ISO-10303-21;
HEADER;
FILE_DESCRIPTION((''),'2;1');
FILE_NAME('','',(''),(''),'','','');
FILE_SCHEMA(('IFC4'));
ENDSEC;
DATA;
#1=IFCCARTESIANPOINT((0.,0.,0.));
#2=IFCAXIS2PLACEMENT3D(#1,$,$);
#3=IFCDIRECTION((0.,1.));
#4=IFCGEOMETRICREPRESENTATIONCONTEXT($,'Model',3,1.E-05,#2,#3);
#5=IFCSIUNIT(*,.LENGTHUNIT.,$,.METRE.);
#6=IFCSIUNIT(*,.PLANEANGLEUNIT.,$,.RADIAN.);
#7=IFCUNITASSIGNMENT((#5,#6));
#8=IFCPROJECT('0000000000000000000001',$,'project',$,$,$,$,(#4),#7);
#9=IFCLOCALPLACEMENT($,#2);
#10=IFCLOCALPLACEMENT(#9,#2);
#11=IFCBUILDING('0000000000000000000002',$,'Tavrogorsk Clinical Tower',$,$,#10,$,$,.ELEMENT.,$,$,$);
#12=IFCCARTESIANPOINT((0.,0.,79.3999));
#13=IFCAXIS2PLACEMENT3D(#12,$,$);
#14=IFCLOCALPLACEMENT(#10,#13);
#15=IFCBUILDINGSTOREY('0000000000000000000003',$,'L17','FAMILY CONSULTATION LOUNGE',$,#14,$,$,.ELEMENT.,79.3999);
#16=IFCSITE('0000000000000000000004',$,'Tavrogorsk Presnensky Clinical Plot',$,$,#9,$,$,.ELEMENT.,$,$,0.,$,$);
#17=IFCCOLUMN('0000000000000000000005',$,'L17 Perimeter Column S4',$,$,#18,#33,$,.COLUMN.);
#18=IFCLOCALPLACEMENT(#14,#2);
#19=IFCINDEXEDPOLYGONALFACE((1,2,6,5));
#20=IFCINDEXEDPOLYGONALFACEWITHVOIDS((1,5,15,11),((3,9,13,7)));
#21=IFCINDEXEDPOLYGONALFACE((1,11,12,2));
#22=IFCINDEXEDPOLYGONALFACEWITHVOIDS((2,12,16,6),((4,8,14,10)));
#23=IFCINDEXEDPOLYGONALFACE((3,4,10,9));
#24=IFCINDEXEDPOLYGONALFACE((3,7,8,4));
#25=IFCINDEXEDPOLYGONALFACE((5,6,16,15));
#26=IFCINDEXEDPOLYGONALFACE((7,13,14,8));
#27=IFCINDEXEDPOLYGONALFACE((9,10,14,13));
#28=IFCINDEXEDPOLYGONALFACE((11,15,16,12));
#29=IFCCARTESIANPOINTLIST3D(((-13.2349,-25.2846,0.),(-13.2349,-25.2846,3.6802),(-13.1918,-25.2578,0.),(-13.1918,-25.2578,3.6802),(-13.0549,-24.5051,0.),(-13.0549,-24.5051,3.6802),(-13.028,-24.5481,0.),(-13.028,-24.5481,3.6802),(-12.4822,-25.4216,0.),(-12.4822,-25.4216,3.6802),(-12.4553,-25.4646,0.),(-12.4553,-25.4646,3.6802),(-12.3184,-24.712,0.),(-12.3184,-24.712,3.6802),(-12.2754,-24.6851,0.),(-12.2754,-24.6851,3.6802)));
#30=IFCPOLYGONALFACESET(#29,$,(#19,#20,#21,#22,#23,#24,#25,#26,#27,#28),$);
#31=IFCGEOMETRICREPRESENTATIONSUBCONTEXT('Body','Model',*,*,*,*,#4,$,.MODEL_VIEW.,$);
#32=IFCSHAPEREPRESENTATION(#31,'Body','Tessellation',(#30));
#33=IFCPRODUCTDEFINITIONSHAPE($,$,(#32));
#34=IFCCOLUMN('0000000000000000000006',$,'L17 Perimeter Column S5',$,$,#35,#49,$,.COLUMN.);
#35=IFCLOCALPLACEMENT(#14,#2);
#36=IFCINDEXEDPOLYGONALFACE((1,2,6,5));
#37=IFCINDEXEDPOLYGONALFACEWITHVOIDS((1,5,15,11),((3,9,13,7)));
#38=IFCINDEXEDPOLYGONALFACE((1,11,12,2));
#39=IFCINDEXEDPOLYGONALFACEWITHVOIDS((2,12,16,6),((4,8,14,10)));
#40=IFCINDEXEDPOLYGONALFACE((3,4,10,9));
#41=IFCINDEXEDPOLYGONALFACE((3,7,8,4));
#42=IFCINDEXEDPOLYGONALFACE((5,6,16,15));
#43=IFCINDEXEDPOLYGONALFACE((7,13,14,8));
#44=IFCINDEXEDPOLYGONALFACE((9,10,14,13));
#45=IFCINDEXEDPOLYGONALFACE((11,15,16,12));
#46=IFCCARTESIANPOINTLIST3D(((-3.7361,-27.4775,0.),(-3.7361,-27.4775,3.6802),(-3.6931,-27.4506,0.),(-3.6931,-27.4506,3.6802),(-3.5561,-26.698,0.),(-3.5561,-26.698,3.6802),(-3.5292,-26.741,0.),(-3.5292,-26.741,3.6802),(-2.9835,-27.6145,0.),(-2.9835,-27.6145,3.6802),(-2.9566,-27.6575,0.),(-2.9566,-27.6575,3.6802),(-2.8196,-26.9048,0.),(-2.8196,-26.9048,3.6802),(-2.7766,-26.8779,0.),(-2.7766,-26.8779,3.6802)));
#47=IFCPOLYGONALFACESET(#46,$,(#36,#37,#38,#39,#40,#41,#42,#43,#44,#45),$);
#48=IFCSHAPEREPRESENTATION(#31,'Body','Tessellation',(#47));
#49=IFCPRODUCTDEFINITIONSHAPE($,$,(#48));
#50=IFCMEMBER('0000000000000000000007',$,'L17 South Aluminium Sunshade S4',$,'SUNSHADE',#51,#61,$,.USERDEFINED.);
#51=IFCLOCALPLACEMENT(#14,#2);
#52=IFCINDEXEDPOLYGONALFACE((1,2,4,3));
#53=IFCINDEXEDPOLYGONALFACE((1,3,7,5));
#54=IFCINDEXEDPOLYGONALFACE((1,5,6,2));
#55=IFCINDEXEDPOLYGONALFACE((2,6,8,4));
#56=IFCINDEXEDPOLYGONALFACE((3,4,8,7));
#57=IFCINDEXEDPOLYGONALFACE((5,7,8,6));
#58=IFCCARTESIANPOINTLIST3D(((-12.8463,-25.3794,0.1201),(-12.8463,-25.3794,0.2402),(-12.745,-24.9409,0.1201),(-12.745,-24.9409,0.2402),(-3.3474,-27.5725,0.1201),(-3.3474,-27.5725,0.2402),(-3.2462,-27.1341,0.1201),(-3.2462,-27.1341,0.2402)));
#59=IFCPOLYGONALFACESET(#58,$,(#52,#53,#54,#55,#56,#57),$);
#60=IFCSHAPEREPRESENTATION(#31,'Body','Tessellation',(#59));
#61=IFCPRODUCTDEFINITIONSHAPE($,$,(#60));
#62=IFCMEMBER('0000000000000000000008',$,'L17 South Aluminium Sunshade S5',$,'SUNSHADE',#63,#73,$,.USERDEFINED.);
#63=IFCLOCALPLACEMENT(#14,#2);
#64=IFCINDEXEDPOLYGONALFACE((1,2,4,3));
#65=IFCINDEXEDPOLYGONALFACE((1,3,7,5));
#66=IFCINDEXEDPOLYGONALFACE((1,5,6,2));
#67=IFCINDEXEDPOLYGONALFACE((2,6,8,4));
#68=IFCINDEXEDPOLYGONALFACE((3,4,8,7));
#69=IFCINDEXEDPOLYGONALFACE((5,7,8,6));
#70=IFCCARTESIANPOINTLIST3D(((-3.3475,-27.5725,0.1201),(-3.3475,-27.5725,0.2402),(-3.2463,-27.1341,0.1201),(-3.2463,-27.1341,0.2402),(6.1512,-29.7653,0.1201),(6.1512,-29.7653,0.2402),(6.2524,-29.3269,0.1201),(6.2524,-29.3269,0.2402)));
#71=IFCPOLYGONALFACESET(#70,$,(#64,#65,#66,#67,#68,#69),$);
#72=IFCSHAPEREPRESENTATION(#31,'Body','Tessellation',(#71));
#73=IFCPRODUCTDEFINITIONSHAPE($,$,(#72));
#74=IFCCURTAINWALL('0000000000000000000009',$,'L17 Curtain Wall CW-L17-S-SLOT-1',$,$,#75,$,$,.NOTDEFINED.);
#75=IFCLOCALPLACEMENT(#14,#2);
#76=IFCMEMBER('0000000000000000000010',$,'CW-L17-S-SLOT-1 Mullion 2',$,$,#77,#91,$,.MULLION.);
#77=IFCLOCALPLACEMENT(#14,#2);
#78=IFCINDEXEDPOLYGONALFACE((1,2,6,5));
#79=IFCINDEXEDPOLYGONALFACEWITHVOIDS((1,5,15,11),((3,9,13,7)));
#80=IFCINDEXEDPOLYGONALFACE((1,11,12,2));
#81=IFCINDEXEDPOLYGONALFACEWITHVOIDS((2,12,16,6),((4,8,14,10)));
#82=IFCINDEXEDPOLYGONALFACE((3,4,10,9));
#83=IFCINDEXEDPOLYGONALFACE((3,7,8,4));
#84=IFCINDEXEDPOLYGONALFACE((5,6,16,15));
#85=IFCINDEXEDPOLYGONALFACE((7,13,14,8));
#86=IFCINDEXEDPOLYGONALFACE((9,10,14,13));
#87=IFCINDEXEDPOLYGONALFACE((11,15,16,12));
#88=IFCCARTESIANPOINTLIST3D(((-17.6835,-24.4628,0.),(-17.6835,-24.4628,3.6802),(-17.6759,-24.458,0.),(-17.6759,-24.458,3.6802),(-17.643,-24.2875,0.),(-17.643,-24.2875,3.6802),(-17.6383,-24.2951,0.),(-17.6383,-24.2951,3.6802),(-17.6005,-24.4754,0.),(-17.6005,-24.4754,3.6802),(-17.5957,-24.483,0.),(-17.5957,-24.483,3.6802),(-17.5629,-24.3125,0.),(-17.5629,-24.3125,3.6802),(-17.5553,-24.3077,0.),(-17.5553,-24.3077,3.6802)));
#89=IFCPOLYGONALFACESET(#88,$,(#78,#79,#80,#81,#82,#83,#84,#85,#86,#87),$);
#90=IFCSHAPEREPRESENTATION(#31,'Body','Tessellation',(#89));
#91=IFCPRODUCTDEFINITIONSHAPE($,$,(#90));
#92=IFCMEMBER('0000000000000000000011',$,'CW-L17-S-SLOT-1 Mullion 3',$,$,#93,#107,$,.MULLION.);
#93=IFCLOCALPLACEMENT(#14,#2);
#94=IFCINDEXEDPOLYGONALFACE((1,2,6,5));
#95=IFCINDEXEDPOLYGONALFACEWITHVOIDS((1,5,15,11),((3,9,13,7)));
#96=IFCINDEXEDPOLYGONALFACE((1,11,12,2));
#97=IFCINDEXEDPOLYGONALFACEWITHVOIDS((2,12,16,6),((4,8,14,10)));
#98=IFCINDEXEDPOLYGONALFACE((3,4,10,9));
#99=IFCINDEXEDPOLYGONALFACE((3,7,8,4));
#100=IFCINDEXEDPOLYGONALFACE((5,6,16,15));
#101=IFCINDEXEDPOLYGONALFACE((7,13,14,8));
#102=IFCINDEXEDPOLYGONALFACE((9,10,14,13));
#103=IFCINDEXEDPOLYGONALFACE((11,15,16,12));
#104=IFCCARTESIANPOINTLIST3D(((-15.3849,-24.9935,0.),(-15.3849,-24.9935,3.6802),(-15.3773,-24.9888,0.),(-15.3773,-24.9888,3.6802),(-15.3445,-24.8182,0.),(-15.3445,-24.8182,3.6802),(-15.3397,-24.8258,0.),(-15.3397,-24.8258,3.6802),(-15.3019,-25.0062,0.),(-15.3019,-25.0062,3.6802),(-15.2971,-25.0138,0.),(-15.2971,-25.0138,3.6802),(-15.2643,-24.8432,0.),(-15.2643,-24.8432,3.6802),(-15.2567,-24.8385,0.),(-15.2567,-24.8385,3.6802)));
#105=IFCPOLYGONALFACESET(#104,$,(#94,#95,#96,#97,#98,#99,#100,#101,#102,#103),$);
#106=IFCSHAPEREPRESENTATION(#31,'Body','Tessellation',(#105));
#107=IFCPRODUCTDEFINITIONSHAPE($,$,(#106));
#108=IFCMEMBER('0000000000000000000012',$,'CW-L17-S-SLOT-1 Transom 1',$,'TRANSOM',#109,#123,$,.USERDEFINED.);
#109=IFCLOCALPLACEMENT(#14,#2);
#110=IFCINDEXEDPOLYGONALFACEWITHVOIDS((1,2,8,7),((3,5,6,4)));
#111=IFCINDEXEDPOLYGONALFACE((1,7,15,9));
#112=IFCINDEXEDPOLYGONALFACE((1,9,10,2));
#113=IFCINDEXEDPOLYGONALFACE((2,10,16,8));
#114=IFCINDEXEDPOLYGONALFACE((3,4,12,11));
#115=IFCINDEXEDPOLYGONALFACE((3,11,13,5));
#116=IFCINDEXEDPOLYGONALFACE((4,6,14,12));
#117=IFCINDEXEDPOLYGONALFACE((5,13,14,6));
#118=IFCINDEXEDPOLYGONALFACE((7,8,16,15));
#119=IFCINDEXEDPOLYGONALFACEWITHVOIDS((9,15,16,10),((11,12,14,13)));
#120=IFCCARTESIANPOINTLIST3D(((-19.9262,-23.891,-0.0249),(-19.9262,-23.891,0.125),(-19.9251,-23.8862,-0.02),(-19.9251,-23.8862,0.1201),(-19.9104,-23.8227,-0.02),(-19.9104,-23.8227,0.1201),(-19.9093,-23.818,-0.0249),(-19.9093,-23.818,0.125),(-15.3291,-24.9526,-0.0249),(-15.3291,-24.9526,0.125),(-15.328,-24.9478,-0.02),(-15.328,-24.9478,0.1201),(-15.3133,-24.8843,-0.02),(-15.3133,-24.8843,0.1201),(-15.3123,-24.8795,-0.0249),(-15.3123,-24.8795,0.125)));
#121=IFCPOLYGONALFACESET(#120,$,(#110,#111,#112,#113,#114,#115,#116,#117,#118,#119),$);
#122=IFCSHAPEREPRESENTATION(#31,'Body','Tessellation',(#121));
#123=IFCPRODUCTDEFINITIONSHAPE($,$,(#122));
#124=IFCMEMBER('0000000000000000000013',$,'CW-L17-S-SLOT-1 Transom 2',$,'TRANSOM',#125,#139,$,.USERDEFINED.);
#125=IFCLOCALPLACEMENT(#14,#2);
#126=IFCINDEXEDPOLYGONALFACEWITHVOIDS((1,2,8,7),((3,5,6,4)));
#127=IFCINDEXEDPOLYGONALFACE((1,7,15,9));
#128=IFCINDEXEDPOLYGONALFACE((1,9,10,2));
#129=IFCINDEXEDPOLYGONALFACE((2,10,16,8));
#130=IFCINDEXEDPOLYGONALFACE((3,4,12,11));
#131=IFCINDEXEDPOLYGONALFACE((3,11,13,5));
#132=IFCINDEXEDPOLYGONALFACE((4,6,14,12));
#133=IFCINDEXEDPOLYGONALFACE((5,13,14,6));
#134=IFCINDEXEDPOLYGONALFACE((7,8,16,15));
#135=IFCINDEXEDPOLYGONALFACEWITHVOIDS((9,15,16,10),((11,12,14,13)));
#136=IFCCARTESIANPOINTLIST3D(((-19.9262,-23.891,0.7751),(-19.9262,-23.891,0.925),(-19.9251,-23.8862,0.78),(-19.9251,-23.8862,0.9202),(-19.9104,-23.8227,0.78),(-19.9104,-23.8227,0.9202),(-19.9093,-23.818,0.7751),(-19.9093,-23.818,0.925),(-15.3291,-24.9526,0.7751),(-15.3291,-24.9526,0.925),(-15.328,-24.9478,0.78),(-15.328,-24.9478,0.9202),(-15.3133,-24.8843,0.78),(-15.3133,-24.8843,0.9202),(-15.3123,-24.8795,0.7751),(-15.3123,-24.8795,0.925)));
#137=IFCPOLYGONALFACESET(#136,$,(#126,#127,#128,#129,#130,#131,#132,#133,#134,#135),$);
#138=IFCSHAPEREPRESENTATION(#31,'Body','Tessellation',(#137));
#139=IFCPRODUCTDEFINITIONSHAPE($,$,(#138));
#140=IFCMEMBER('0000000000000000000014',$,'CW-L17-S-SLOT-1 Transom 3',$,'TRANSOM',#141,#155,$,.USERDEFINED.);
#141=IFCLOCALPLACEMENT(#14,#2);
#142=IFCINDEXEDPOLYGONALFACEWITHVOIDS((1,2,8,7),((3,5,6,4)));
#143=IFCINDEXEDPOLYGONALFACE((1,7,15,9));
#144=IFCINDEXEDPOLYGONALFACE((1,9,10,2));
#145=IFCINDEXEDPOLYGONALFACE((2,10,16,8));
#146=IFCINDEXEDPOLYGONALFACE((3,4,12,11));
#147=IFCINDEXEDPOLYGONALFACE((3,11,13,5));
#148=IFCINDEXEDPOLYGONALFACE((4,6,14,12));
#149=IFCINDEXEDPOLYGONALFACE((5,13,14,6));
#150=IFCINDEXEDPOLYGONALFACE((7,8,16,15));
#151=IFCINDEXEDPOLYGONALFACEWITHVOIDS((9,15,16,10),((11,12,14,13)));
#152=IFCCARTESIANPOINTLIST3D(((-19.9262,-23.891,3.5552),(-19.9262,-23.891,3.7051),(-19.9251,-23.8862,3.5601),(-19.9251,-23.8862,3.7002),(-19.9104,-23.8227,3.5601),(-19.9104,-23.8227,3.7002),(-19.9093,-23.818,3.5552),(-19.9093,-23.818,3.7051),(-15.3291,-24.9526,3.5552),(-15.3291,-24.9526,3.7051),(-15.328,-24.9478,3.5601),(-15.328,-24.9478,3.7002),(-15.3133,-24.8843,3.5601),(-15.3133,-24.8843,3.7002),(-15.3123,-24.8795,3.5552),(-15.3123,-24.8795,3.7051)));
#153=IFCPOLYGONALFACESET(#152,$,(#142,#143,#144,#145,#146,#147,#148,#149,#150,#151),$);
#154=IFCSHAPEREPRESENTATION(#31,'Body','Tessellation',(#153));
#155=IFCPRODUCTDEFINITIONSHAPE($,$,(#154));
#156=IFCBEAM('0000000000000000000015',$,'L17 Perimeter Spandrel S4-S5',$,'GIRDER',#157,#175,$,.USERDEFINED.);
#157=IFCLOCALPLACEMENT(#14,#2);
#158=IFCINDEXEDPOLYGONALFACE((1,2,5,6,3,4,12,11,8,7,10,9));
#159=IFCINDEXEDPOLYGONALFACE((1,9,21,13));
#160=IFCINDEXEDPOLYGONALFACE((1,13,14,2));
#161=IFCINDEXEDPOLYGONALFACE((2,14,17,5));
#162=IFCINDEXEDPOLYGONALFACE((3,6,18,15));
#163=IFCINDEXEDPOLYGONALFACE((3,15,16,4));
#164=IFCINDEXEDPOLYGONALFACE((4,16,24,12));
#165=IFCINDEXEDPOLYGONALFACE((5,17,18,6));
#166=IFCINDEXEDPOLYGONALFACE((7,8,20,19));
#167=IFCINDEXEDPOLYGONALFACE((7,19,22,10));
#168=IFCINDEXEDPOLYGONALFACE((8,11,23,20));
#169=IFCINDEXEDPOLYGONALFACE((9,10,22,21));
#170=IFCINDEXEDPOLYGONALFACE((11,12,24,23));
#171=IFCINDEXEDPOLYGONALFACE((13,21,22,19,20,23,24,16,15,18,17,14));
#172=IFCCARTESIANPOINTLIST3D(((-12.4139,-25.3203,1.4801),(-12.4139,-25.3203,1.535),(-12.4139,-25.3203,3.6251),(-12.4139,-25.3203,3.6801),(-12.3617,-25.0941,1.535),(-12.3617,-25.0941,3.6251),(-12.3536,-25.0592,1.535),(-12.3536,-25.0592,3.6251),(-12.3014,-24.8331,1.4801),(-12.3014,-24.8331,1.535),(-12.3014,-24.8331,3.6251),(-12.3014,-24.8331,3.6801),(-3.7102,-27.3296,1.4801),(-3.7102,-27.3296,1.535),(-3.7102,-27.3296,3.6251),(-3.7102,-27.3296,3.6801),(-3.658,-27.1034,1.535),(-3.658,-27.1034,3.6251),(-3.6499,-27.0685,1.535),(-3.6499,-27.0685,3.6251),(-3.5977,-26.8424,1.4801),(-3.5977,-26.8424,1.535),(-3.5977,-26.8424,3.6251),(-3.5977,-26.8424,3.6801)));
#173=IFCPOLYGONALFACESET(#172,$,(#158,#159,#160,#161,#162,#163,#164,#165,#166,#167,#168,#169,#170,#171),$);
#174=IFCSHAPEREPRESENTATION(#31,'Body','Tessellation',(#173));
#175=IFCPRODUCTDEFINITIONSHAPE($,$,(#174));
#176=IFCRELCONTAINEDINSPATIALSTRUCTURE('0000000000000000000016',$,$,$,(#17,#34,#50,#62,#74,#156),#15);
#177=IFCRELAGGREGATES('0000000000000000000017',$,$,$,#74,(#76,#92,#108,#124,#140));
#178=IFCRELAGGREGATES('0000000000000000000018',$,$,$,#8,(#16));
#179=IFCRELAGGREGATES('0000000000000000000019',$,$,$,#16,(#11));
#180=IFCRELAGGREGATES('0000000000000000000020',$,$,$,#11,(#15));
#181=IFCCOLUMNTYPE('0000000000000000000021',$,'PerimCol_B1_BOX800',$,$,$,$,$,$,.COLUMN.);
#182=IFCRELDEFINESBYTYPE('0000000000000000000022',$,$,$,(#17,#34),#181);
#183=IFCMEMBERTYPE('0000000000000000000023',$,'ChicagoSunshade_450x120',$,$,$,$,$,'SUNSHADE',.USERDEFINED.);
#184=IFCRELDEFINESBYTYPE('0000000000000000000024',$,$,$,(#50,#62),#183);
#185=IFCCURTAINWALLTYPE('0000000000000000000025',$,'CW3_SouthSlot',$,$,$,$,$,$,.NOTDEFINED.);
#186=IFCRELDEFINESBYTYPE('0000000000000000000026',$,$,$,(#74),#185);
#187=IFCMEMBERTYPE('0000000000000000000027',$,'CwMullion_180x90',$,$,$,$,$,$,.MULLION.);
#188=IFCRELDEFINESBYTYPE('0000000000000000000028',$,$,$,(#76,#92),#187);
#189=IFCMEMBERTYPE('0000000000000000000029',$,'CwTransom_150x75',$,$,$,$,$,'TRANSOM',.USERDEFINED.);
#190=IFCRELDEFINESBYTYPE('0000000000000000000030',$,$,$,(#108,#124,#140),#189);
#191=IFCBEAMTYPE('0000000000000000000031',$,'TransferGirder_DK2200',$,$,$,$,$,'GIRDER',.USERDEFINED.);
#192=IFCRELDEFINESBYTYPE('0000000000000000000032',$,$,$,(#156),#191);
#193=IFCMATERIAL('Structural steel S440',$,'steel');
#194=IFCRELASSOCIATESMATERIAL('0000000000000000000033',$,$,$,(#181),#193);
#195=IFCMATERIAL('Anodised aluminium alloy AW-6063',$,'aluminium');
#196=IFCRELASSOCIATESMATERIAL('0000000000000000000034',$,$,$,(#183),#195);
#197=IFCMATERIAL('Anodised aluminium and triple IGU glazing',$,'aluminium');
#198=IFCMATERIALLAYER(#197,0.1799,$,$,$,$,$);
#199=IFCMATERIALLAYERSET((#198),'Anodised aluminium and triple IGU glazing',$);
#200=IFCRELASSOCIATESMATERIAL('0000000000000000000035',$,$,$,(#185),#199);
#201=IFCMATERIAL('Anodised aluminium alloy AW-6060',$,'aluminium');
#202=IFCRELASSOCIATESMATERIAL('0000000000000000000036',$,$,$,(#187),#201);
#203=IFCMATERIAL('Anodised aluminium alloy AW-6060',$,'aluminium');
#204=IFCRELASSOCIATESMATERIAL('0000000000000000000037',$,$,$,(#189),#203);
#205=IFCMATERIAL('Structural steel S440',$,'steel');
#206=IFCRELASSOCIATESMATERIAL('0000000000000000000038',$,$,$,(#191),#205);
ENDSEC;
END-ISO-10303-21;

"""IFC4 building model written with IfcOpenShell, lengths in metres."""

from ifc_helpers import new_model, si_unit, direction, frame, origin, origin_2d, place, context, subcontext, project, spatial, rectangle, hollow_rectangle, i_section, extrude, material, layer, layer_set, material_profile, profile_set, type_object, element, aggregate, save


model = new_model("IFC4")

# Units and contexts
model_context = context("Model", 3, precision=1e-05, world=origin(), true_north=direction((0.0, 1.0)))
body_context = subcontext(model_context, "Body", "Model", "MODEL_VIEW")
ifc_project = project(units=[si_unit("LENGTHUNIT", "METRE"), si_unit("PLANEANGLEUNIT", "RADIAN")], contexts=[model_context])

# Site, building, storey
site_placement = place(None, origin())
site = spatial("IfcSite", under=ifc_project, at=site_placement, Name="Tavrogorsk Presnensky Clinical Plot", CompositionType="ELEMENT", RefElevation=0.0)
building_placement = place(site_placement, origin())
building = spatial("IfcBuilding", under=site, at=building_placement, Name="Tavrogorsk Clinical Tower", CompositionType="ELEMENT")
storey_placement = place(building_placement, frame((0.0, 0.0, 79.3999)))
storey = spatial("IfcBuildingStorey", under=building, at=storey_placement, Name="L17", Description="FAMILY CONSULTATION LOUNGE", CompositionType="ELEMENT", Elevation=79.3999)

# Columns
ifc_material_1 = material(Name="Structural steel S440", Category="steel")
ifc_material_profile_1 = material_profile(ifc_material_1, hollow_rectangle(XDim=0.8, YDim=0.8, WallThickness=0.0359, at=origin_2d()), Name="BOX-800x800x36")
ifc_profile_set_1 = profile_set([ifc_material_profile_1], Name="Structural steel S440")
column_type = type_object("IfcColumnType", Name="PerimCol_B1_BOX800", PredefinedType="COLUMN", material=ifc_profile_set_1)
for number, where, z_axis, x_axis, name in (
    (1, (-12.7551, -24.9849, 0.0), (0.0, 0.0, 1.0), (0.97437, -0.224951, 0.0), "L17 Perimeter Column S4"),
    (2, (-3.2563, -27.1777, 0.0), (0.0, 0.0, 1.0), (0.97437, -0.224951, 0.0), "L17 Perimeter Column S5"),
):
    element("IfcColumn", number, at=place(storey_placement, frame(where, z_axis=z_axis, x_axis=x_axis)), inside=storey, type_object=column_type, Name=name, PredefinedType="COLUMN", context=body_context, shape_type="SweptSolid", body=[
        extrude(hollow_rectangle(XDim=0.8, YDim=0.8, WallThickness=0.0359, at=origin_2d()), origin(), (0.0, 0.0, 1.0), 3.6802),
    ])

# Members
ifc_material_2 = material(Name="Anodised aluminium alloy AW-6063", Category="aluminium")
ifc_material_profile_2 = material_profile(ifc_material_2, rectangle(XDim=0.45, YDim=0.1201, at=origin_2d()), Name="ALU-SUNSHADE-450x120")
ifc_profile_set_2 = profile_set([ifc_material_profile_2], Name="Anodised aluminium alloy AW-6063")
member_type_1 = type_object("IfcMemberType", Name="ChicagoSunshade_450x120", ElementType="SUNSHADE", PredefinedType="USERDEFINED", material=ifc_profile_set_2)
member_1_placement = place(storey_placement, frame((-12.7957, -25.1602, 0.1802), z_axis=(0.974367, -0.224966, 0.0), x_axis=(0.224966, 0.974367, 0.0)))
element("IfcMember", 3, at=member_1_placement, inside=storey, type_object=member_type_1, Name="L17 South Aluminium Sunshade S4", ObjectType="SUNSHADE", PredefinedType="USERDEFINED", context=body_context, shape_type="SweptSolid", body=[
    extrude(rectangle(XDim=0.45, YDim=0.1201, at=origin_2d()), origin(), (0.0, 0.0, 1.0), 9.7488),
])
member_2_placement = place(storey_placement, frame((-3.2969, -27.3533, 0.1802), z_axis=(0.974372, -0.224942, 0.0), x_axis=(0.224942, 0.974372, 0.0)))
element("IfcMember", 4, at=member_2_placement, inside=storey, type_object=member_type_1, Name="L17 South Aluminium Sunshade S5", ObjectType="SUNSHADE", PredefinedType="USERDEFINED", context=body_context, shape_type="SweptSolid", body=[
    extrude(rectangle(XDim=0.45, YDim=0.1201, at=origin_2d()), origin(), (0.0, 0.0, 1.0), 9.7485),
])

# Curtain wall, members
ifc_material_3 = material(Name="Anodised aluminium and triple IGU glazing", Category="aluminium")
ifc_layer_1 = layer(ifc_material_3, 0.1799)
ifc_layer_set_1 = layer_set([ifc_layer_1], Name="Anodised aluminium and triple IGU glazing")
curtain_wall_type = type_object("IfcCurtainWallType", Name="CW3_SouthSlot", PredefinedType="NOTDEFINED", material=ifc_layer_set_1)
curtain_wall_placement = place(storey_placement, origin())
curtain_wall = element("IfcCurtainWall", 5, at=curtain_wall_placement, inside=storey, type_object=curtain_wall_type, Name="L17 Curtain Wall CW-L17-S-SLOT-1", PredefinedType="NOTDEFINED")
ifc_material_4 = material(Name="Anodised aluminium alloy AW-6060", Category="aluminium")
ifc_material_profile_3 = material_profile(ifc_material_4, hollow_rectangle(XDim=0.0901, YDim=0.1799, WallThickness=0.0063, at=origin_2d()), Name="RHS-180x90x6.3")
ifc_profile_set_3 = profile_set([ifc_material_profile_3], Name="Anodised aluminium alloy AW-6060")
member_type_2 = type_object("IfcMemberType", Name="CwMullion_180x90", PredefinedType="MULLION", material=ifc_profile_set_3)
member_3_placement = place(storey_placement, frame((-17.6194, -24.3853, 0.0), z_axis=(0.0, 0.0, 1.0), x_axis=(0.97437, -0.224951, 0.0)))
member_3 = element("IfcMember", 6, at=member_3_placement, type_object=member_type_2, Name="CW-L17-S-SLOT-1 Mullion 2", PredefinedType="MULLION", context=body_context, shape_type="SweptSolid", body=[
    extrude(hollow_rectangle(XDim=0.0901, YDim=0.1799, WallThickness=0.0063, at=origin_2d()), origin(), (0.0, 0.0, 1.0), 3.6802),
])
member_4_placement = place(storey_placement, frame((-15.3208, -24.916, 0.0), z_axis=(0.0, 0.0, 1.0), x_axis=(0.97437, -0.224951, 0.0)))
member_4 = element("IfcMember", 7, at=member_4_placement, type_object=member_type_2, Name="CW-L17-S-SLOT-1 Mullion 3", PredefinedType="MULLION", context=body_context, shape_type="SweptSolid", body=[
    extrude(hollow_rectangle(XDim=0.0901, YDim=0.1799, WallThickness=0.0063, at=origin_2d()), origin(), (0.0, 0.0, 1.0), 3.6802),
])
ifc_material_5 = material(Name="Anodised aluminium alloy AW-6060", Category="aluminium")
ifc_material_profile_4 = material_profile(ifc_material_5, hollow_rectangle(XDim=0.075, YDim=0.1499, WallThickness=0.0049, at=origin_2d()), Name="RHS-150x75x5")
ifc_profile_set_4 = profile_set([ifc_material_profile_4], Name="Anodised aluminium alloy AW-6060")
member_type_3 = type_object("IfcMemberType", Name="CwTransom_150x75", ElementType="TRANSOM", PredefinedType="USERDEFINED", material=ifc_profile_set_4)
member_5_placement = place(storey_placement, frame((-19.9177, -23.8545, 0.05), z_axis=(0.974359, -0.224999, 0.0), x_axis=(0.224999, 0.974359, 0.0)))
member_5 = element("IfcMember", 8, at=member_5_placement, type_object=member_type_3, Name="CW-L17-S-SLOT-1 Transom 1", ObjectType="TRANSOM", PredefinedType="USERDEFINED", context=body_context, shape_type="SweptSolid", body=[
    extrude(hollow_rectangle(XDim=0.075, YDim=0.1499, WallThickness=0.0049, at=origin_2d()), origin(), (0.0, 0.0, 1.0), 4.718),
])
member_6_placement = place(storey_placement, frame((-19.9177, -23.8545, 0.8501), z_axis=(0.974359, -0.224999, 0.0), x_axis=(0.224999, 0.974359, 0.0)))
member_6 = element("IfcMember", 9, at=member_6_placement, type_object=member_type_3, Name="CW-L17-S-SLOT-1 Transom 2", ObjectType="TRANSOM", PredefinedType="USERDEFINED", context=body_context, shape_type="SweptSolid", body=[
    extrude(hollow_rectangle(XDim=0.075, YDim=0.1499, WallThickness=0.0049, at=origin_2d()), origin(), (0.0, 0.0, 1.0), 4.718),
])
member_7_placement = place(storey_placement, frame((-19.9177, -23.8545, 3.6301), z_axis=(0.974359, -0.224999, 0.0), x_axis=(0.224999, 0.974359, 0.0)))
member_7 = element("IfcMember", 10, at=member_7_placement, type_object=member_type_3, Name="CW-L17-S-SLOT-1 Transom 3", ObjectType="TRANSOM", PredefinedType="USERDEFINED", context=body_context, shape_type="SweptSolid", body=[
    extrude(hollow_rectangle(XDim=0.075, YDim=0.1499, WallThickness=0.0049, at=origin_2d()), origin(), (0.0, 0.0, 1.0), 4.718),
])

# Beam
ifc_material_6 = material(Name="Structural steel S440", Category="steel")
ifc_material_profile_5 = material_profile(ifc_material_6, i_section(OverallWidth=0.5, OverallDepth=2.2, WebThickness=0.0359, FlangeThickness=0.0549, at=origin_2d()), Name="DK-2200x500x36x55")
ifc_profile_set_5 = profile_set([ifc_material_profile_5], Name="Structural steel S440")
beam_type = type_object("IfcBeamType", Name="TransferGirder_DK2200", ElementType="GIRDER", PredefinedType="USERDEFINED", material=ifc_profile_set_5)
for number, where, z_axis, x_axis, name in (
    (11, (-12.3577, -25.0767, 2.5801), (0.974373, -0.224939, 0.0), (0.224939, 0.974373, 0.0), "L17 Perimeter Spandrel S4-S5"),
):
    element("IfcBeam", number, at=place(storey_placement, frame(where, z_axis=z_axis, x_axis=x_axis)), inside=storey, type_object=beam_type, Name=name, ObjectType="GIRDER", PredefinedType="USERDEFINED", context=body_context, shape_type="SweptSolid", body=[
        extrude(i_section(OverallWidth=0.5, OverallDepth=2.2, WebThickness=0.0359, FlangeThickness=0.0549, at=origin_2d()), origin(), (0.0, 0.0, 1.0), 8.9326),
    ])

aggregate(curtain_wall, [member_3, member_4, member_5, member_6, member_7])

save(model, "model.ifc")
